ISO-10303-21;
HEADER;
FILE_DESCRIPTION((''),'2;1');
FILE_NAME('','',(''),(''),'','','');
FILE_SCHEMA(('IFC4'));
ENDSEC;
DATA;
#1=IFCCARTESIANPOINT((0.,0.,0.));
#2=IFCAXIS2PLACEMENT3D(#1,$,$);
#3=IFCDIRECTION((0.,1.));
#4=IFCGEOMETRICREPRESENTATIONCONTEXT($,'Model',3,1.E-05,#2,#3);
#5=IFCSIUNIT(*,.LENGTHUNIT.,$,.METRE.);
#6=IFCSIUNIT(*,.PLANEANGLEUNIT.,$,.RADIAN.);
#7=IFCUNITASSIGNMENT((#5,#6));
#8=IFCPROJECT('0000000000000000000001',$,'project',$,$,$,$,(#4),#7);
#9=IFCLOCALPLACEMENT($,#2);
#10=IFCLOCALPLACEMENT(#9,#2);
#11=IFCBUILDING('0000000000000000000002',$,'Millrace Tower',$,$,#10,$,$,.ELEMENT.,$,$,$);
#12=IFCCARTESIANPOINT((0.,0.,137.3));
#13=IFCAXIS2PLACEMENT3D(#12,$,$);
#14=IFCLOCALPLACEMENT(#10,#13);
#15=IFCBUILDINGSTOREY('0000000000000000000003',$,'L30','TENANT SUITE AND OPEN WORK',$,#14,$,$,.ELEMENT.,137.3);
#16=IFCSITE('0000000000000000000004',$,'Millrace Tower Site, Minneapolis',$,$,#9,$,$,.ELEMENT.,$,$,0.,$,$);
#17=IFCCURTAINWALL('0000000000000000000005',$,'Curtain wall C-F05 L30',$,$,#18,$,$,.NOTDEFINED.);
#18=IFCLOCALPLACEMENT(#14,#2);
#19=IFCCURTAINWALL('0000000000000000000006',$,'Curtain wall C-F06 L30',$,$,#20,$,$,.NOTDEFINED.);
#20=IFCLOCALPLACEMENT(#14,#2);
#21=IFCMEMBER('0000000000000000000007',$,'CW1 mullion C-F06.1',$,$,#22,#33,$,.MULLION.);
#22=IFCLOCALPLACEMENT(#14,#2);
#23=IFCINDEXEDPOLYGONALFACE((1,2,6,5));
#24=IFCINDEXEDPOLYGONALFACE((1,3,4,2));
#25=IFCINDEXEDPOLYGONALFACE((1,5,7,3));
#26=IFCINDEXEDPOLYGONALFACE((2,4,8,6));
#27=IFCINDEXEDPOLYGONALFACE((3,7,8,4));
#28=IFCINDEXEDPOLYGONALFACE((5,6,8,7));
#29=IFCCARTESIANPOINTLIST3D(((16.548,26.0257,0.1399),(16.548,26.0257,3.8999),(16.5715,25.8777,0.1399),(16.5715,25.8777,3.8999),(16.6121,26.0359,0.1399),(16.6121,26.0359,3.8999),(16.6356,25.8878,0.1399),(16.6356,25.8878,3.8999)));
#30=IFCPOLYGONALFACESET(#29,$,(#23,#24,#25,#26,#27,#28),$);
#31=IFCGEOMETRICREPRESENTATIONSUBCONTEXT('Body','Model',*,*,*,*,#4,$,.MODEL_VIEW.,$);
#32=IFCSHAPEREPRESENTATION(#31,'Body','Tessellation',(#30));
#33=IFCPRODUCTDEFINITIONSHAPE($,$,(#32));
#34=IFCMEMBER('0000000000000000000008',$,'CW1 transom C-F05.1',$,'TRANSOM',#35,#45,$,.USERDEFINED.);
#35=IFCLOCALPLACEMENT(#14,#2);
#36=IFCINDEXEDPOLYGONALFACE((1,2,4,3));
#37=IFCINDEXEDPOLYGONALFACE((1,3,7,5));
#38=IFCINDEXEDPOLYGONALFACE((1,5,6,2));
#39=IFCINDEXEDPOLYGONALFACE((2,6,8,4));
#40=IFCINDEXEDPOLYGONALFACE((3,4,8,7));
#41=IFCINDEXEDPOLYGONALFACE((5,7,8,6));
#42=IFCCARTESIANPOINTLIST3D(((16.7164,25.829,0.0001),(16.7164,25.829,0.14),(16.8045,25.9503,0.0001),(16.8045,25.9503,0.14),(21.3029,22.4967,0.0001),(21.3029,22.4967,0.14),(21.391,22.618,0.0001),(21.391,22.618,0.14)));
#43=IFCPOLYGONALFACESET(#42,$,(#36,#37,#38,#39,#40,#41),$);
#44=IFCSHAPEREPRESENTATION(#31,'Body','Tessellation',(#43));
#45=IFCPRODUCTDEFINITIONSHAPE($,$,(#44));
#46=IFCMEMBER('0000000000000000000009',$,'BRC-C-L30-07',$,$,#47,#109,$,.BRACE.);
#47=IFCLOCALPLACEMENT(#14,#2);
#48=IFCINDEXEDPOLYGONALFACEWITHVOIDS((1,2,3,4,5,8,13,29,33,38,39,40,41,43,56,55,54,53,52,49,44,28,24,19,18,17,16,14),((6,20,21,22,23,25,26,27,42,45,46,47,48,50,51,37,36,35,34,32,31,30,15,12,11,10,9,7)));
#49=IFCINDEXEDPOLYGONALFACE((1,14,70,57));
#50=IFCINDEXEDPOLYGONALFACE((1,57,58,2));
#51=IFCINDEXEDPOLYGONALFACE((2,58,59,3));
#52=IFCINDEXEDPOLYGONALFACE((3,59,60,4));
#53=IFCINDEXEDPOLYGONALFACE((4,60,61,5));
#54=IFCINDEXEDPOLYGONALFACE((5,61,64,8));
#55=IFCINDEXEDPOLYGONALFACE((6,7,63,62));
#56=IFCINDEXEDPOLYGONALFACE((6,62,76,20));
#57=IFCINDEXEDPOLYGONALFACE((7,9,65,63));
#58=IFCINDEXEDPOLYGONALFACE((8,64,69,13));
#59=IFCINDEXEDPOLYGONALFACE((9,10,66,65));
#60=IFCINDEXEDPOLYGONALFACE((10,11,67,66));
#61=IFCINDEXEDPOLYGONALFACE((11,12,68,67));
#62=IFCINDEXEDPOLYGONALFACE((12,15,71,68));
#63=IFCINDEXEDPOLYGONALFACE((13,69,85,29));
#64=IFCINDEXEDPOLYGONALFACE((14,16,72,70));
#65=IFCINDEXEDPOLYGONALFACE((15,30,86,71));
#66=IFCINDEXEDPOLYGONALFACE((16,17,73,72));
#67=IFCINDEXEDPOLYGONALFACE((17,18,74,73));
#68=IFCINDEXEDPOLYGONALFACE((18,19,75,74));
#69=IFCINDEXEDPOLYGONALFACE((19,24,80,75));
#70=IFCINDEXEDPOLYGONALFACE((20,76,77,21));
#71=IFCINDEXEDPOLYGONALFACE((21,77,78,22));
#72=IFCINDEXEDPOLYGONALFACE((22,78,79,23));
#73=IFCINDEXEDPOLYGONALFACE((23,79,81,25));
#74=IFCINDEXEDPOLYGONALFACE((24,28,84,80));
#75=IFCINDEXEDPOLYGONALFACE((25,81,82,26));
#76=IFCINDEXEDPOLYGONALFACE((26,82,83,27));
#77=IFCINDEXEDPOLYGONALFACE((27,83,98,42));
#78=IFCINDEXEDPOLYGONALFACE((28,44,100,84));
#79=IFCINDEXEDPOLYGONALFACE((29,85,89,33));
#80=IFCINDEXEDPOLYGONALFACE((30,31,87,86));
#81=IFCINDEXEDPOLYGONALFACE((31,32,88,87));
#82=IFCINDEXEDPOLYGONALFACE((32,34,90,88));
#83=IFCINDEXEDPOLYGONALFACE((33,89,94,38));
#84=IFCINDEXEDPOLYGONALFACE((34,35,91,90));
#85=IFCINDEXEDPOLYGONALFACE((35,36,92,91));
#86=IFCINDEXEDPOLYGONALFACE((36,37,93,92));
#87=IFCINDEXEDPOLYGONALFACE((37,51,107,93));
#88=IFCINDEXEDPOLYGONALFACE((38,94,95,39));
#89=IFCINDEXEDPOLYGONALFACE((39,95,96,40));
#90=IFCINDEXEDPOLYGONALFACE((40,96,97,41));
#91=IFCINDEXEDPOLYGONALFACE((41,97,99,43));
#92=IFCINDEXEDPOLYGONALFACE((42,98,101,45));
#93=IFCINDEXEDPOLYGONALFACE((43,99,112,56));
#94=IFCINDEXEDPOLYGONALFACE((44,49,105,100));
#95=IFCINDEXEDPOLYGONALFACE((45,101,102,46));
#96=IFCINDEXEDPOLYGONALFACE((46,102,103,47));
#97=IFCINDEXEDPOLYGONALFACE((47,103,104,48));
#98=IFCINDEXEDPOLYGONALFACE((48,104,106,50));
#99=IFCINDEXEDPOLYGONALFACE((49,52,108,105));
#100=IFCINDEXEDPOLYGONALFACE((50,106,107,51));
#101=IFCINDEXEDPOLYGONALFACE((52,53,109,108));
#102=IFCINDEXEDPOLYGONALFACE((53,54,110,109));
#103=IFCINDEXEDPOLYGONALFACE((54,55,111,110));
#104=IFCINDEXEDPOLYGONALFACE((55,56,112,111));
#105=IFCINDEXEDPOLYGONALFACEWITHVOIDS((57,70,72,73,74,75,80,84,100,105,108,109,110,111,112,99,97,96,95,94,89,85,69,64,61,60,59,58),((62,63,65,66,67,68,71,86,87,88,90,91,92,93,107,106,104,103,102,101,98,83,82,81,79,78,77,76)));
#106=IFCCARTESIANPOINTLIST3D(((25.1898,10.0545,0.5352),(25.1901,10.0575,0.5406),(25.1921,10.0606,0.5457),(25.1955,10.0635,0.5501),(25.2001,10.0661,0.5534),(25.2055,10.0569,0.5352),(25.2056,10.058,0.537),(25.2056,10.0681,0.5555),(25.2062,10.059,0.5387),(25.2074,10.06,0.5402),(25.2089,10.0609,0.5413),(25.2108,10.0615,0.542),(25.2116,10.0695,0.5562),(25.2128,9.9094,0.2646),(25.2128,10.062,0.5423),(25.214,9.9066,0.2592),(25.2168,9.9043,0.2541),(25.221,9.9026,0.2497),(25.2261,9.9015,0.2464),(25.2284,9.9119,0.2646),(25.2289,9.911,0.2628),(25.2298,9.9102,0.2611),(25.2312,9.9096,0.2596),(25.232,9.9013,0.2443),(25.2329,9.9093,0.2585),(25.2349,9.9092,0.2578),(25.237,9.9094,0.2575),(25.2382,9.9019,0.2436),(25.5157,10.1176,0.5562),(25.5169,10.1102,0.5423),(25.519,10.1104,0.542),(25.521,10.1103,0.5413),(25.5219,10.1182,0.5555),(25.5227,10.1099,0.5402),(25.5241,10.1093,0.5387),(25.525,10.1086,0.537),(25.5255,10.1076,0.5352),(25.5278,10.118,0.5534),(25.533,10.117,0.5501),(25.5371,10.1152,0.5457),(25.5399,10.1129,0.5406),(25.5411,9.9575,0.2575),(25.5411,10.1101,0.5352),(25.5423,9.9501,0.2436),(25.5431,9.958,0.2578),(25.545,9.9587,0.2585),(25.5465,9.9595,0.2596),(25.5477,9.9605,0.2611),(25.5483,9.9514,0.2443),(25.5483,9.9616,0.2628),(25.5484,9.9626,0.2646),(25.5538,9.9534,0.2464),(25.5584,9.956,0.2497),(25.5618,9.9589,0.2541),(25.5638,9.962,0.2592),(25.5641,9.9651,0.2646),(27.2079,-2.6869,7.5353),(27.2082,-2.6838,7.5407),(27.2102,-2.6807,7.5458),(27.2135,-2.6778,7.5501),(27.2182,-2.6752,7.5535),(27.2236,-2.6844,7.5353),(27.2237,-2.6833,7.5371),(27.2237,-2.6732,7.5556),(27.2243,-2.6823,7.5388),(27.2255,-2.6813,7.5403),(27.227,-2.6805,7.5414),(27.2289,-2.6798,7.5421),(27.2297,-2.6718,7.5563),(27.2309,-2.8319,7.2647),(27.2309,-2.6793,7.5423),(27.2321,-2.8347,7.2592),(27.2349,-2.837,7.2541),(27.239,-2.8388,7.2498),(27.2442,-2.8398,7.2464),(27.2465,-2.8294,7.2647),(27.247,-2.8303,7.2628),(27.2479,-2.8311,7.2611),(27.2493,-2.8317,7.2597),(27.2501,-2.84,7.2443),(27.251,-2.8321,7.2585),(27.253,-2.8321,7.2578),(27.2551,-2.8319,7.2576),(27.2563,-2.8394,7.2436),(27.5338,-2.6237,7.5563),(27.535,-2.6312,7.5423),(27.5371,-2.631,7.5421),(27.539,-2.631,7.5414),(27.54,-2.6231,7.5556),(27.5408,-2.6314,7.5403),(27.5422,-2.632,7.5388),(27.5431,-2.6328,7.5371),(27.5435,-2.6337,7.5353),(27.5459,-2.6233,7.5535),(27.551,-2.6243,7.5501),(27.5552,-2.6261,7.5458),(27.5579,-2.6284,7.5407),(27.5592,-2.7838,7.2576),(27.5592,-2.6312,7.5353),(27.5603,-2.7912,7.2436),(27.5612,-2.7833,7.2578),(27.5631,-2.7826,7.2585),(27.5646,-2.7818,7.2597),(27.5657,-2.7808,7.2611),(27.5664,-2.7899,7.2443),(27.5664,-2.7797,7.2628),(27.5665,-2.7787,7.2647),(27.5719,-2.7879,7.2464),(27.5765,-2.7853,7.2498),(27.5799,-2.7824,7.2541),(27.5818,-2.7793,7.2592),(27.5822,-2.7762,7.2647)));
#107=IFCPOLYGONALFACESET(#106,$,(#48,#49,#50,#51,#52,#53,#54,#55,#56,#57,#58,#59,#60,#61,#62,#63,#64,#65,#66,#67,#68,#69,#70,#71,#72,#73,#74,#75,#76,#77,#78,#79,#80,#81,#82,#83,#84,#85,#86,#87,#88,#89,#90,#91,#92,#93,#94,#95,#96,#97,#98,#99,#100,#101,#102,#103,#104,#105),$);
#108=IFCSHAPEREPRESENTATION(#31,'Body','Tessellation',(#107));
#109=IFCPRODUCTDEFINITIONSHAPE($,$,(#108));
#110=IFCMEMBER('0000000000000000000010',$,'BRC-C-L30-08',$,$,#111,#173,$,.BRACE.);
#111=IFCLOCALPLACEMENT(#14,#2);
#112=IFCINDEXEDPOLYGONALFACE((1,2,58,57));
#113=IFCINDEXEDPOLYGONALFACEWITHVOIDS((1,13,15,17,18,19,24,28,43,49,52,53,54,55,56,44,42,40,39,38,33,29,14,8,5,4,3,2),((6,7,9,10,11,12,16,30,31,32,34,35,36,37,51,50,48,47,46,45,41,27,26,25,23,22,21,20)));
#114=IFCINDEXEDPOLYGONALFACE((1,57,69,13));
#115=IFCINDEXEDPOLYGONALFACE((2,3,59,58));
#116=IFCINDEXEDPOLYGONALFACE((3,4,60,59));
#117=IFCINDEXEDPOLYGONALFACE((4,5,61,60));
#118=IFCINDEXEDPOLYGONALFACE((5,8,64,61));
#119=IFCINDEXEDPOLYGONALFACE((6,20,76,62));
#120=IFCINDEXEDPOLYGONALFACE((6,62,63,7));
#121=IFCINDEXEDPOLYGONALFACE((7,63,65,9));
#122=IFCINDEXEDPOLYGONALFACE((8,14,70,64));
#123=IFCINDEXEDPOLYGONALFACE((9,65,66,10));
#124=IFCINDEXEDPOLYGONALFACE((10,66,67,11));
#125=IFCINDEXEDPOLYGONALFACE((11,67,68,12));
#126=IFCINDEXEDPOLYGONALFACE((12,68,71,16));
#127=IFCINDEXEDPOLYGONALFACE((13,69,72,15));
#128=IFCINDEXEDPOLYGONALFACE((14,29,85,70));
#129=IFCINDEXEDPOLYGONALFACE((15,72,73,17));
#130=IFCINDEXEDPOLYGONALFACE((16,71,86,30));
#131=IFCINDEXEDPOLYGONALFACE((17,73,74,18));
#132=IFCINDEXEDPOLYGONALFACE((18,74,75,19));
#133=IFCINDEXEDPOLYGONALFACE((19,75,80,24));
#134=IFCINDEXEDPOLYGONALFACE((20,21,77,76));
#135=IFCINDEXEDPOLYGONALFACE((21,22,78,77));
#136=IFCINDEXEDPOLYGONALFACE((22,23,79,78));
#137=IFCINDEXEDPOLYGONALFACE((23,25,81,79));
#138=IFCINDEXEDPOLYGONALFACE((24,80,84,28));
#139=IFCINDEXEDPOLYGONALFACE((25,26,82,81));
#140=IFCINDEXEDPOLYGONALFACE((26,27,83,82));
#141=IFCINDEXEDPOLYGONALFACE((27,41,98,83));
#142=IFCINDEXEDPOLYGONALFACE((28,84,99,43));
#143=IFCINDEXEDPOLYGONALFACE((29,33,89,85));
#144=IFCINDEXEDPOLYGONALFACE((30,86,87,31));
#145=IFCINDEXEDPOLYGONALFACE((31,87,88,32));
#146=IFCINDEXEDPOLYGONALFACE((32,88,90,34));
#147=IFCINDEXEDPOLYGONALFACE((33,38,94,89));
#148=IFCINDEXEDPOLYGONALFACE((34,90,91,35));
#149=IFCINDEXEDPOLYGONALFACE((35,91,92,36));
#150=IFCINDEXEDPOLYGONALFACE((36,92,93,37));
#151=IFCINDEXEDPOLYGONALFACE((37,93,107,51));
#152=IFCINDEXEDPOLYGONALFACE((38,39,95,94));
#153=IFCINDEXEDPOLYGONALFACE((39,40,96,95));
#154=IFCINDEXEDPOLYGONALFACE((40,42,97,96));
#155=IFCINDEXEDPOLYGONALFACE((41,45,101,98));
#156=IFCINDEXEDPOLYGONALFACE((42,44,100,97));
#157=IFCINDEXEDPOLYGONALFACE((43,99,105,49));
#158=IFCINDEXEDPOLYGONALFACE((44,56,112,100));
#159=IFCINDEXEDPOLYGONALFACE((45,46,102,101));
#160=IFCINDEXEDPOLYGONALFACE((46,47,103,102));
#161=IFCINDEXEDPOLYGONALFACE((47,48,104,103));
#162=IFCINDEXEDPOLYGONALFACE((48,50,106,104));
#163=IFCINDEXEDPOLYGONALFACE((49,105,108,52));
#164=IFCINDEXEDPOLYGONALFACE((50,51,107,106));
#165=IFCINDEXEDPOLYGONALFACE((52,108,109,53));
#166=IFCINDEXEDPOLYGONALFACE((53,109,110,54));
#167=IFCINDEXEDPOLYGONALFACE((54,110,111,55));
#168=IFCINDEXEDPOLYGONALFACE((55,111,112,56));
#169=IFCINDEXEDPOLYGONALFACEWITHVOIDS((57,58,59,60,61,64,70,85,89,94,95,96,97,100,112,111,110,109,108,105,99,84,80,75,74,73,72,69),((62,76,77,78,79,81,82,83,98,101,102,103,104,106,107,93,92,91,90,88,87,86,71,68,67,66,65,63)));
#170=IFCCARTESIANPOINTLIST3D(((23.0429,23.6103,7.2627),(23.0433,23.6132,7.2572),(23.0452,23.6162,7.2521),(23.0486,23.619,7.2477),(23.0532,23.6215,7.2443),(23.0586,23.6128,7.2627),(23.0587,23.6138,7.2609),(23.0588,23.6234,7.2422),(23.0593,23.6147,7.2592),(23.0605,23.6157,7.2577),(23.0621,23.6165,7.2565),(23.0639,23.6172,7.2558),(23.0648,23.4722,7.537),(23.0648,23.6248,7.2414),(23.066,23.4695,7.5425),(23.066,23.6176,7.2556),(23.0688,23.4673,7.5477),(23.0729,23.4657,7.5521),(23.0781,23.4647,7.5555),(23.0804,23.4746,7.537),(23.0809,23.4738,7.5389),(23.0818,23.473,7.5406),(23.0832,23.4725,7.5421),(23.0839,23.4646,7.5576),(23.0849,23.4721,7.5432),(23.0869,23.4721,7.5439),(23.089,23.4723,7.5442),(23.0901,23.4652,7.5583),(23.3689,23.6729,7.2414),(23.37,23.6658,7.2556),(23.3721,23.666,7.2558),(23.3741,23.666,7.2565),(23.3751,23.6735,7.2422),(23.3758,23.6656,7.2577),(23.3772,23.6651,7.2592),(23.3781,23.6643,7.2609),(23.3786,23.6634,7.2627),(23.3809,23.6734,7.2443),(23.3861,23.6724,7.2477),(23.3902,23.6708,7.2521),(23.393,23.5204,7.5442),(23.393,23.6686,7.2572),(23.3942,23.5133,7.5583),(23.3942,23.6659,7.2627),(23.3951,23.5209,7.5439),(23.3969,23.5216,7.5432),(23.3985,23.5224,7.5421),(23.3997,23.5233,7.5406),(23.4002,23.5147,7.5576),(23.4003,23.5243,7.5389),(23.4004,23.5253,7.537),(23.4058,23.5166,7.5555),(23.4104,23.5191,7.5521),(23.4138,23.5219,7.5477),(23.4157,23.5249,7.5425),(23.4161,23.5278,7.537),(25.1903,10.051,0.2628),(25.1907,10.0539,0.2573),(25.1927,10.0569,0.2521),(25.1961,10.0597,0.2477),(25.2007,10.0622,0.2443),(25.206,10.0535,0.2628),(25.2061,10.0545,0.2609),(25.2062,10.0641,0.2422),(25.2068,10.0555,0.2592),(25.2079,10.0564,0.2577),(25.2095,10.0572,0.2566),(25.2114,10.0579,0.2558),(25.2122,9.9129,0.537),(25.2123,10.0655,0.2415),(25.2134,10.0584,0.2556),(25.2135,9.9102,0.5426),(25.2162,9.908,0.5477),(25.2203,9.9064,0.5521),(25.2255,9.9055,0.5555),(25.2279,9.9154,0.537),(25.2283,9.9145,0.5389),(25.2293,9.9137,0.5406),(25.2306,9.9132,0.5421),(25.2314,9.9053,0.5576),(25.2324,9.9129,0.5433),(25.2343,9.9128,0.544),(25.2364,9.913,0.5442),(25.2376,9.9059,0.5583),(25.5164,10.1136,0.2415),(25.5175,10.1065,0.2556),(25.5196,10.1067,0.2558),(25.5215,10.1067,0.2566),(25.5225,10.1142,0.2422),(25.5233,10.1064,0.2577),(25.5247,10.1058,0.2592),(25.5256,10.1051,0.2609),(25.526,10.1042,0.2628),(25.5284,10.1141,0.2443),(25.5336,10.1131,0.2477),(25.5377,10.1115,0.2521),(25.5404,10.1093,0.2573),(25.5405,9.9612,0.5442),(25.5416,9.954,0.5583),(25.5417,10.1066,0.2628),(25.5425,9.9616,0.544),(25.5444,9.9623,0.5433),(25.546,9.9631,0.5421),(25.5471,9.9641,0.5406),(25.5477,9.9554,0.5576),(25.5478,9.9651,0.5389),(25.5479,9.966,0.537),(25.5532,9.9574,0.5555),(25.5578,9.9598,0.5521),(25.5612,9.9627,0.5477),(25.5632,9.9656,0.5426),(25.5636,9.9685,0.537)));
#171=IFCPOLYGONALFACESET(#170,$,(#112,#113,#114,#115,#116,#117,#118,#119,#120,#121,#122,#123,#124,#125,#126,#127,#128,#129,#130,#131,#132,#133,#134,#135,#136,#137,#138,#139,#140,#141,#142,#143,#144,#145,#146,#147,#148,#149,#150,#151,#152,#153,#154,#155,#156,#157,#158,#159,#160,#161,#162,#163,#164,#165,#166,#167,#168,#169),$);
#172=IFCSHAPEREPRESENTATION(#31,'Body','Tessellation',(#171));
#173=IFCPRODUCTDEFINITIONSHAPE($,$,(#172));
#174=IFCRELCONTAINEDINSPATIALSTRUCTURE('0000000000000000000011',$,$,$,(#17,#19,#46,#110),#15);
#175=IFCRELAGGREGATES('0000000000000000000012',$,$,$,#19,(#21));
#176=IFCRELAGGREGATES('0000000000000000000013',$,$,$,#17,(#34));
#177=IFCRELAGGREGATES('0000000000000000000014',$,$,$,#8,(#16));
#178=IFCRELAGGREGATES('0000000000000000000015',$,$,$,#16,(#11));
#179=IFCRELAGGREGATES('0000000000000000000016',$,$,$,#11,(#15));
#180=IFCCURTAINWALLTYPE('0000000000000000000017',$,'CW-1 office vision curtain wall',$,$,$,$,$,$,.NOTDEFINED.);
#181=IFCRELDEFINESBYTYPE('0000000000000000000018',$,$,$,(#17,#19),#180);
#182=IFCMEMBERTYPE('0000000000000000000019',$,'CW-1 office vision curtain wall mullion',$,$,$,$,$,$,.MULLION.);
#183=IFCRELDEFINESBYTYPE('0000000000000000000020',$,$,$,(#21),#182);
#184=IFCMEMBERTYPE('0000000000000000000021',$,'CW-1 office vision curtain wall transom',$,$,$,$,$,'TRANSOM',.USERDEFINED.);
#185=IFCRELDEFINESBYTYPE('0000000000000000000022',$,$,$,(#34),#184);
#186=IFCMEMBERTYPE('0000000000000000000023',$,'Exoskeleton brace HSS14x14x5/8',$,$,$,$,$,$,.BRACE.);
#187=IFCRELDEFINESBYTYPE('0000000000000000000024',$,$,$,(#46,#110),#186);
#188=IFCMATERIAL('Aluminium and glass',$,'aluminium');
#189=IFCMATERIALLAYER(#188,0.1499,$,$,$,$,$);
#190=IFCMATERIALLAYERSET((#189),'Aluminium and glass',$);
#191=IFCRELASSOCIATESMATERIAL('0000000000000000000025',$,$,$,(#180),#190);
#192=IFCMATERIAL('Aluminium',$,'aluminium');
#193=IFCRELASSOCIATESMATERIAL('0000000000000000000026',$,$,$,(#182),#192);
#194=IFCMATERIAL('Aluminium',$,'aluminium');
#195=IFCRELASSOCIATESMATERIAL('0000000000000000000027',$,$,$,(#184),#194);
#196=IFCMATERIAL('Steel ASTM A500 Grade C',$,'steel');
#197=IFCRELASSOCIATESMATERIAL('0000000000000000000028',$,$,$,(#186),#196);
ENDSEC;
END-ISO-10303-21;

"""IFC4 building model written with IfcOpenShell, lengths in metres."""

from ifc_helpers import new_model, si_unit, direction, frame, origin, origin_2d, place, context, subcontext, project, spatial, rectangle, hollow_rectangle, extrude, material, layer, layer_set, material_profile, profile_set, type_object, element, aggregate, save


model = new_model("IFC4")

# Units and contexts
model_context = context("Model", 3, precision=1e-05, world=origin(), true_north=direction((0.0, 1.0)))
body_context = subcontext(model_context, "Body", "Model", "MODEL_VIEW")
ifc_project = project(units=[si_unit("LENGTHUNIT", "METRE"), si_unit("PLANEANGLEUNIT", "RADIAN")], contexts=[model_context])

# Site, building, storey
site_placement = place(None, origin())
site = spatial("IfcSite", under=ifc_project, at=site_placement, Name="Millrace Tower Site, Minneapolis", CompositionType="ELEMENT", RefElevation=0.0)
building_placement = place(site_placement, origin())
building = spatial("IfcBuilding", under=site, at=building_placement, Name="Millrace Tower", CompositionType="ELEMENT")
storey_placement = place(building_placement, frame((0.0, 0.0, 137.3)))
storey = spatial("IfcBuildingStorey", under=building, at=storey_placement, Name="L30", Description="TENANT SUITE AND OPEN WORK", CompositionType="ELEMENT", Elevation=137.3)

# Shared definitions
ifc_material_1 = material(Name="Aluminium and glass", Category="aluminium")
ifc_layer_1 = layer(ifc_material_1, 0.1499)
ifc_layer_set_1 = layer_set([ifc_layer_1], Name="Aluminium and glass")
curtain_wall_type = type_object("IfcCurtainWallType", Name="CW-1 office vision curtain wall", PredefinedType="NOTDEFINED", material=ifc_layer_set_1)
placement = place(storey_placement, origin())
ifc_material_2 = material(Name="Aluminium", Category="aluminium")
ifc_material_profile_1 = material_profile(ifc_material_2, rectangle(XDim=0.0649, YDim=0.1499, at=origin_2d()))
ifc_profile_set_1 = profile_set([ifc_material_profile_1], Name="Aluminium")
member_type_1 = type_object("IfcMemberType", Name="CW-1 office vision curtain wall mullion", PredefinedType="MULLION", material=ifc_profile_set_1)

# Curtain walls, member
curtain_wall_1 = element("IfcCurtainWall", 1, at=placement, inside=storey, type_object=curtain_wall_type, Name="Curtain wall C-F05 L30", PredefinedType="NOTDEFINED")
curtain_wall_2 = element("IfcCurtainWall", 2, at=placement, inside=storey, type_object=curtain_wall_type, Name="Curtain wall C-F06 L30", PredefinedType="NOTDEFINED")
member_1_placement = place(storey_placement, frame((16.5918, 25.9568, 0.1399), z_axis=(0.0, 0.0, 1.0), x_axis=(-0.987688, -0.156434, 0.0)))
member_1 = element("IfcMember", 3, at=member_1_placement, type_object=member_type_1, Name="CW1 mullion C-F06.1", PredefinedType="MULLION", context=body_context, shape_type="SweptSolid", body=[
    extrude(rectangle(XDim=0.0649, YDim=0.1499, at=origin_2d()), origin(), (0.0, 0.0, 1.0), 3.76),
])
aggregate(curtain_wall_2, [member_1])

# Member
ifc_material_3 = material(Name="Aluminium", Category="aluminium")
ifc_material_profile_2 = material_profile(ifc_material_3, rectangle(XDim=0.1499, YDim=0.1399, at=origin_2d()))
ifc_profile_set_2 = profile_set([ifc_material_profile_2], Name="Aluminium")
member_type_2 = type_object("IfcMemberType", Name="CW-1 office vision curtain wall transom", ElementType="TRANSOM", PredefinedType="USERDEFINED", material=ifc_profile_set_2)
member_2_placement = place(storey_placement, frame((21.3469, 22.5574, 0.0701), z_axis=(-0.809013, 0.58779, 0.0), x_axis=(-0.58779, -0.809013, 0.0)))
member_2 = element("IfcMember", 4, at=member_2_placement, type_object=member_type_2, Name="CW1 transom C-F05.1", ObjectType="TRANSOM", PredefinedType="USERDEFINED", context=body_context, shape_type="SweptSolid", body=[
    extrude(rectangle(XDim=0.1499, YDim=0.1399, at=origin_2d()), origin(), (0.0, 0.0, 1.0), 5.6692),
])
aggregate(curtain_wall_1, [member_2])

# Members
ifc_material_4 = material(Name="Steel ASTM A500 Grade C", Category="steel")
ifc_material_profile_3 = material_profile(ifc_material_4, hollow_rectangle(XDim=0.3557, YDim=0.3557, WallThickness=0.0159, InnerFilletRadius=0.0081, OuterFilletRadius=0.0239, at=origin_2d()))
ifc_profile_set_3 = profile_set([ifc_material_profile_3], Name="Steel ASTM A500 Grade C")
member_type_3 = type_object("IfcMemberType", Name="Exoskeleton brace HSS14x14x5/8", PredefinedType="BRACE", material=ifc_profile_set_3)
member_3_placement = place(storey_placement, frame((25.377, 10.0098, 0.3999), z_axis=(0.1375, -0.868114, 0.47694), x_axis=(0.987688, 0.156439, 0.0)))
element("IfcMember", 5, at=member_3_placement, inside=storey, type_object=member_type_3, Name="BRC-C-L30-07", PredefinedType="BRACE", context=body_context, shape_type="SweptSolid", body=[
    extrude(hollow_rectangle(XDim=0.3557, YDim=0.3557, WallThickness=0.0159, InnerFilletRadius=0.0081, OuterFilletRadius=0.0239, at=origin_2d()), origin(), (0.0, 0.0, 1.0), 14.677),
])
member_4_placement = place(storey_placement, frame((25.377, 10.0098, 0.3999), z_axis=(-0.139355, 0.879907, 0.454252), x_axis=(-0.98769, -0.156426, 0.0)))
element("IfcMember", 6, at=member_4_placement, inside=storey, type_object=member_type_3, Name="BRC-C-L30-08", PredefinedType="BRACE", context=body_context, shape_type="SweptSolid", body=[
    extrude(hollow_rectangle(XDim=0.3557, YDim=0.3557, WallThickness=0.0159, InnerFilletRadius=0.0081, OuterFilletRadius=0.0239, at=origin_2d()), origin(), (0.0, 0.0, 1.0), 15.4099),
])

save(model, "model.ifc")
